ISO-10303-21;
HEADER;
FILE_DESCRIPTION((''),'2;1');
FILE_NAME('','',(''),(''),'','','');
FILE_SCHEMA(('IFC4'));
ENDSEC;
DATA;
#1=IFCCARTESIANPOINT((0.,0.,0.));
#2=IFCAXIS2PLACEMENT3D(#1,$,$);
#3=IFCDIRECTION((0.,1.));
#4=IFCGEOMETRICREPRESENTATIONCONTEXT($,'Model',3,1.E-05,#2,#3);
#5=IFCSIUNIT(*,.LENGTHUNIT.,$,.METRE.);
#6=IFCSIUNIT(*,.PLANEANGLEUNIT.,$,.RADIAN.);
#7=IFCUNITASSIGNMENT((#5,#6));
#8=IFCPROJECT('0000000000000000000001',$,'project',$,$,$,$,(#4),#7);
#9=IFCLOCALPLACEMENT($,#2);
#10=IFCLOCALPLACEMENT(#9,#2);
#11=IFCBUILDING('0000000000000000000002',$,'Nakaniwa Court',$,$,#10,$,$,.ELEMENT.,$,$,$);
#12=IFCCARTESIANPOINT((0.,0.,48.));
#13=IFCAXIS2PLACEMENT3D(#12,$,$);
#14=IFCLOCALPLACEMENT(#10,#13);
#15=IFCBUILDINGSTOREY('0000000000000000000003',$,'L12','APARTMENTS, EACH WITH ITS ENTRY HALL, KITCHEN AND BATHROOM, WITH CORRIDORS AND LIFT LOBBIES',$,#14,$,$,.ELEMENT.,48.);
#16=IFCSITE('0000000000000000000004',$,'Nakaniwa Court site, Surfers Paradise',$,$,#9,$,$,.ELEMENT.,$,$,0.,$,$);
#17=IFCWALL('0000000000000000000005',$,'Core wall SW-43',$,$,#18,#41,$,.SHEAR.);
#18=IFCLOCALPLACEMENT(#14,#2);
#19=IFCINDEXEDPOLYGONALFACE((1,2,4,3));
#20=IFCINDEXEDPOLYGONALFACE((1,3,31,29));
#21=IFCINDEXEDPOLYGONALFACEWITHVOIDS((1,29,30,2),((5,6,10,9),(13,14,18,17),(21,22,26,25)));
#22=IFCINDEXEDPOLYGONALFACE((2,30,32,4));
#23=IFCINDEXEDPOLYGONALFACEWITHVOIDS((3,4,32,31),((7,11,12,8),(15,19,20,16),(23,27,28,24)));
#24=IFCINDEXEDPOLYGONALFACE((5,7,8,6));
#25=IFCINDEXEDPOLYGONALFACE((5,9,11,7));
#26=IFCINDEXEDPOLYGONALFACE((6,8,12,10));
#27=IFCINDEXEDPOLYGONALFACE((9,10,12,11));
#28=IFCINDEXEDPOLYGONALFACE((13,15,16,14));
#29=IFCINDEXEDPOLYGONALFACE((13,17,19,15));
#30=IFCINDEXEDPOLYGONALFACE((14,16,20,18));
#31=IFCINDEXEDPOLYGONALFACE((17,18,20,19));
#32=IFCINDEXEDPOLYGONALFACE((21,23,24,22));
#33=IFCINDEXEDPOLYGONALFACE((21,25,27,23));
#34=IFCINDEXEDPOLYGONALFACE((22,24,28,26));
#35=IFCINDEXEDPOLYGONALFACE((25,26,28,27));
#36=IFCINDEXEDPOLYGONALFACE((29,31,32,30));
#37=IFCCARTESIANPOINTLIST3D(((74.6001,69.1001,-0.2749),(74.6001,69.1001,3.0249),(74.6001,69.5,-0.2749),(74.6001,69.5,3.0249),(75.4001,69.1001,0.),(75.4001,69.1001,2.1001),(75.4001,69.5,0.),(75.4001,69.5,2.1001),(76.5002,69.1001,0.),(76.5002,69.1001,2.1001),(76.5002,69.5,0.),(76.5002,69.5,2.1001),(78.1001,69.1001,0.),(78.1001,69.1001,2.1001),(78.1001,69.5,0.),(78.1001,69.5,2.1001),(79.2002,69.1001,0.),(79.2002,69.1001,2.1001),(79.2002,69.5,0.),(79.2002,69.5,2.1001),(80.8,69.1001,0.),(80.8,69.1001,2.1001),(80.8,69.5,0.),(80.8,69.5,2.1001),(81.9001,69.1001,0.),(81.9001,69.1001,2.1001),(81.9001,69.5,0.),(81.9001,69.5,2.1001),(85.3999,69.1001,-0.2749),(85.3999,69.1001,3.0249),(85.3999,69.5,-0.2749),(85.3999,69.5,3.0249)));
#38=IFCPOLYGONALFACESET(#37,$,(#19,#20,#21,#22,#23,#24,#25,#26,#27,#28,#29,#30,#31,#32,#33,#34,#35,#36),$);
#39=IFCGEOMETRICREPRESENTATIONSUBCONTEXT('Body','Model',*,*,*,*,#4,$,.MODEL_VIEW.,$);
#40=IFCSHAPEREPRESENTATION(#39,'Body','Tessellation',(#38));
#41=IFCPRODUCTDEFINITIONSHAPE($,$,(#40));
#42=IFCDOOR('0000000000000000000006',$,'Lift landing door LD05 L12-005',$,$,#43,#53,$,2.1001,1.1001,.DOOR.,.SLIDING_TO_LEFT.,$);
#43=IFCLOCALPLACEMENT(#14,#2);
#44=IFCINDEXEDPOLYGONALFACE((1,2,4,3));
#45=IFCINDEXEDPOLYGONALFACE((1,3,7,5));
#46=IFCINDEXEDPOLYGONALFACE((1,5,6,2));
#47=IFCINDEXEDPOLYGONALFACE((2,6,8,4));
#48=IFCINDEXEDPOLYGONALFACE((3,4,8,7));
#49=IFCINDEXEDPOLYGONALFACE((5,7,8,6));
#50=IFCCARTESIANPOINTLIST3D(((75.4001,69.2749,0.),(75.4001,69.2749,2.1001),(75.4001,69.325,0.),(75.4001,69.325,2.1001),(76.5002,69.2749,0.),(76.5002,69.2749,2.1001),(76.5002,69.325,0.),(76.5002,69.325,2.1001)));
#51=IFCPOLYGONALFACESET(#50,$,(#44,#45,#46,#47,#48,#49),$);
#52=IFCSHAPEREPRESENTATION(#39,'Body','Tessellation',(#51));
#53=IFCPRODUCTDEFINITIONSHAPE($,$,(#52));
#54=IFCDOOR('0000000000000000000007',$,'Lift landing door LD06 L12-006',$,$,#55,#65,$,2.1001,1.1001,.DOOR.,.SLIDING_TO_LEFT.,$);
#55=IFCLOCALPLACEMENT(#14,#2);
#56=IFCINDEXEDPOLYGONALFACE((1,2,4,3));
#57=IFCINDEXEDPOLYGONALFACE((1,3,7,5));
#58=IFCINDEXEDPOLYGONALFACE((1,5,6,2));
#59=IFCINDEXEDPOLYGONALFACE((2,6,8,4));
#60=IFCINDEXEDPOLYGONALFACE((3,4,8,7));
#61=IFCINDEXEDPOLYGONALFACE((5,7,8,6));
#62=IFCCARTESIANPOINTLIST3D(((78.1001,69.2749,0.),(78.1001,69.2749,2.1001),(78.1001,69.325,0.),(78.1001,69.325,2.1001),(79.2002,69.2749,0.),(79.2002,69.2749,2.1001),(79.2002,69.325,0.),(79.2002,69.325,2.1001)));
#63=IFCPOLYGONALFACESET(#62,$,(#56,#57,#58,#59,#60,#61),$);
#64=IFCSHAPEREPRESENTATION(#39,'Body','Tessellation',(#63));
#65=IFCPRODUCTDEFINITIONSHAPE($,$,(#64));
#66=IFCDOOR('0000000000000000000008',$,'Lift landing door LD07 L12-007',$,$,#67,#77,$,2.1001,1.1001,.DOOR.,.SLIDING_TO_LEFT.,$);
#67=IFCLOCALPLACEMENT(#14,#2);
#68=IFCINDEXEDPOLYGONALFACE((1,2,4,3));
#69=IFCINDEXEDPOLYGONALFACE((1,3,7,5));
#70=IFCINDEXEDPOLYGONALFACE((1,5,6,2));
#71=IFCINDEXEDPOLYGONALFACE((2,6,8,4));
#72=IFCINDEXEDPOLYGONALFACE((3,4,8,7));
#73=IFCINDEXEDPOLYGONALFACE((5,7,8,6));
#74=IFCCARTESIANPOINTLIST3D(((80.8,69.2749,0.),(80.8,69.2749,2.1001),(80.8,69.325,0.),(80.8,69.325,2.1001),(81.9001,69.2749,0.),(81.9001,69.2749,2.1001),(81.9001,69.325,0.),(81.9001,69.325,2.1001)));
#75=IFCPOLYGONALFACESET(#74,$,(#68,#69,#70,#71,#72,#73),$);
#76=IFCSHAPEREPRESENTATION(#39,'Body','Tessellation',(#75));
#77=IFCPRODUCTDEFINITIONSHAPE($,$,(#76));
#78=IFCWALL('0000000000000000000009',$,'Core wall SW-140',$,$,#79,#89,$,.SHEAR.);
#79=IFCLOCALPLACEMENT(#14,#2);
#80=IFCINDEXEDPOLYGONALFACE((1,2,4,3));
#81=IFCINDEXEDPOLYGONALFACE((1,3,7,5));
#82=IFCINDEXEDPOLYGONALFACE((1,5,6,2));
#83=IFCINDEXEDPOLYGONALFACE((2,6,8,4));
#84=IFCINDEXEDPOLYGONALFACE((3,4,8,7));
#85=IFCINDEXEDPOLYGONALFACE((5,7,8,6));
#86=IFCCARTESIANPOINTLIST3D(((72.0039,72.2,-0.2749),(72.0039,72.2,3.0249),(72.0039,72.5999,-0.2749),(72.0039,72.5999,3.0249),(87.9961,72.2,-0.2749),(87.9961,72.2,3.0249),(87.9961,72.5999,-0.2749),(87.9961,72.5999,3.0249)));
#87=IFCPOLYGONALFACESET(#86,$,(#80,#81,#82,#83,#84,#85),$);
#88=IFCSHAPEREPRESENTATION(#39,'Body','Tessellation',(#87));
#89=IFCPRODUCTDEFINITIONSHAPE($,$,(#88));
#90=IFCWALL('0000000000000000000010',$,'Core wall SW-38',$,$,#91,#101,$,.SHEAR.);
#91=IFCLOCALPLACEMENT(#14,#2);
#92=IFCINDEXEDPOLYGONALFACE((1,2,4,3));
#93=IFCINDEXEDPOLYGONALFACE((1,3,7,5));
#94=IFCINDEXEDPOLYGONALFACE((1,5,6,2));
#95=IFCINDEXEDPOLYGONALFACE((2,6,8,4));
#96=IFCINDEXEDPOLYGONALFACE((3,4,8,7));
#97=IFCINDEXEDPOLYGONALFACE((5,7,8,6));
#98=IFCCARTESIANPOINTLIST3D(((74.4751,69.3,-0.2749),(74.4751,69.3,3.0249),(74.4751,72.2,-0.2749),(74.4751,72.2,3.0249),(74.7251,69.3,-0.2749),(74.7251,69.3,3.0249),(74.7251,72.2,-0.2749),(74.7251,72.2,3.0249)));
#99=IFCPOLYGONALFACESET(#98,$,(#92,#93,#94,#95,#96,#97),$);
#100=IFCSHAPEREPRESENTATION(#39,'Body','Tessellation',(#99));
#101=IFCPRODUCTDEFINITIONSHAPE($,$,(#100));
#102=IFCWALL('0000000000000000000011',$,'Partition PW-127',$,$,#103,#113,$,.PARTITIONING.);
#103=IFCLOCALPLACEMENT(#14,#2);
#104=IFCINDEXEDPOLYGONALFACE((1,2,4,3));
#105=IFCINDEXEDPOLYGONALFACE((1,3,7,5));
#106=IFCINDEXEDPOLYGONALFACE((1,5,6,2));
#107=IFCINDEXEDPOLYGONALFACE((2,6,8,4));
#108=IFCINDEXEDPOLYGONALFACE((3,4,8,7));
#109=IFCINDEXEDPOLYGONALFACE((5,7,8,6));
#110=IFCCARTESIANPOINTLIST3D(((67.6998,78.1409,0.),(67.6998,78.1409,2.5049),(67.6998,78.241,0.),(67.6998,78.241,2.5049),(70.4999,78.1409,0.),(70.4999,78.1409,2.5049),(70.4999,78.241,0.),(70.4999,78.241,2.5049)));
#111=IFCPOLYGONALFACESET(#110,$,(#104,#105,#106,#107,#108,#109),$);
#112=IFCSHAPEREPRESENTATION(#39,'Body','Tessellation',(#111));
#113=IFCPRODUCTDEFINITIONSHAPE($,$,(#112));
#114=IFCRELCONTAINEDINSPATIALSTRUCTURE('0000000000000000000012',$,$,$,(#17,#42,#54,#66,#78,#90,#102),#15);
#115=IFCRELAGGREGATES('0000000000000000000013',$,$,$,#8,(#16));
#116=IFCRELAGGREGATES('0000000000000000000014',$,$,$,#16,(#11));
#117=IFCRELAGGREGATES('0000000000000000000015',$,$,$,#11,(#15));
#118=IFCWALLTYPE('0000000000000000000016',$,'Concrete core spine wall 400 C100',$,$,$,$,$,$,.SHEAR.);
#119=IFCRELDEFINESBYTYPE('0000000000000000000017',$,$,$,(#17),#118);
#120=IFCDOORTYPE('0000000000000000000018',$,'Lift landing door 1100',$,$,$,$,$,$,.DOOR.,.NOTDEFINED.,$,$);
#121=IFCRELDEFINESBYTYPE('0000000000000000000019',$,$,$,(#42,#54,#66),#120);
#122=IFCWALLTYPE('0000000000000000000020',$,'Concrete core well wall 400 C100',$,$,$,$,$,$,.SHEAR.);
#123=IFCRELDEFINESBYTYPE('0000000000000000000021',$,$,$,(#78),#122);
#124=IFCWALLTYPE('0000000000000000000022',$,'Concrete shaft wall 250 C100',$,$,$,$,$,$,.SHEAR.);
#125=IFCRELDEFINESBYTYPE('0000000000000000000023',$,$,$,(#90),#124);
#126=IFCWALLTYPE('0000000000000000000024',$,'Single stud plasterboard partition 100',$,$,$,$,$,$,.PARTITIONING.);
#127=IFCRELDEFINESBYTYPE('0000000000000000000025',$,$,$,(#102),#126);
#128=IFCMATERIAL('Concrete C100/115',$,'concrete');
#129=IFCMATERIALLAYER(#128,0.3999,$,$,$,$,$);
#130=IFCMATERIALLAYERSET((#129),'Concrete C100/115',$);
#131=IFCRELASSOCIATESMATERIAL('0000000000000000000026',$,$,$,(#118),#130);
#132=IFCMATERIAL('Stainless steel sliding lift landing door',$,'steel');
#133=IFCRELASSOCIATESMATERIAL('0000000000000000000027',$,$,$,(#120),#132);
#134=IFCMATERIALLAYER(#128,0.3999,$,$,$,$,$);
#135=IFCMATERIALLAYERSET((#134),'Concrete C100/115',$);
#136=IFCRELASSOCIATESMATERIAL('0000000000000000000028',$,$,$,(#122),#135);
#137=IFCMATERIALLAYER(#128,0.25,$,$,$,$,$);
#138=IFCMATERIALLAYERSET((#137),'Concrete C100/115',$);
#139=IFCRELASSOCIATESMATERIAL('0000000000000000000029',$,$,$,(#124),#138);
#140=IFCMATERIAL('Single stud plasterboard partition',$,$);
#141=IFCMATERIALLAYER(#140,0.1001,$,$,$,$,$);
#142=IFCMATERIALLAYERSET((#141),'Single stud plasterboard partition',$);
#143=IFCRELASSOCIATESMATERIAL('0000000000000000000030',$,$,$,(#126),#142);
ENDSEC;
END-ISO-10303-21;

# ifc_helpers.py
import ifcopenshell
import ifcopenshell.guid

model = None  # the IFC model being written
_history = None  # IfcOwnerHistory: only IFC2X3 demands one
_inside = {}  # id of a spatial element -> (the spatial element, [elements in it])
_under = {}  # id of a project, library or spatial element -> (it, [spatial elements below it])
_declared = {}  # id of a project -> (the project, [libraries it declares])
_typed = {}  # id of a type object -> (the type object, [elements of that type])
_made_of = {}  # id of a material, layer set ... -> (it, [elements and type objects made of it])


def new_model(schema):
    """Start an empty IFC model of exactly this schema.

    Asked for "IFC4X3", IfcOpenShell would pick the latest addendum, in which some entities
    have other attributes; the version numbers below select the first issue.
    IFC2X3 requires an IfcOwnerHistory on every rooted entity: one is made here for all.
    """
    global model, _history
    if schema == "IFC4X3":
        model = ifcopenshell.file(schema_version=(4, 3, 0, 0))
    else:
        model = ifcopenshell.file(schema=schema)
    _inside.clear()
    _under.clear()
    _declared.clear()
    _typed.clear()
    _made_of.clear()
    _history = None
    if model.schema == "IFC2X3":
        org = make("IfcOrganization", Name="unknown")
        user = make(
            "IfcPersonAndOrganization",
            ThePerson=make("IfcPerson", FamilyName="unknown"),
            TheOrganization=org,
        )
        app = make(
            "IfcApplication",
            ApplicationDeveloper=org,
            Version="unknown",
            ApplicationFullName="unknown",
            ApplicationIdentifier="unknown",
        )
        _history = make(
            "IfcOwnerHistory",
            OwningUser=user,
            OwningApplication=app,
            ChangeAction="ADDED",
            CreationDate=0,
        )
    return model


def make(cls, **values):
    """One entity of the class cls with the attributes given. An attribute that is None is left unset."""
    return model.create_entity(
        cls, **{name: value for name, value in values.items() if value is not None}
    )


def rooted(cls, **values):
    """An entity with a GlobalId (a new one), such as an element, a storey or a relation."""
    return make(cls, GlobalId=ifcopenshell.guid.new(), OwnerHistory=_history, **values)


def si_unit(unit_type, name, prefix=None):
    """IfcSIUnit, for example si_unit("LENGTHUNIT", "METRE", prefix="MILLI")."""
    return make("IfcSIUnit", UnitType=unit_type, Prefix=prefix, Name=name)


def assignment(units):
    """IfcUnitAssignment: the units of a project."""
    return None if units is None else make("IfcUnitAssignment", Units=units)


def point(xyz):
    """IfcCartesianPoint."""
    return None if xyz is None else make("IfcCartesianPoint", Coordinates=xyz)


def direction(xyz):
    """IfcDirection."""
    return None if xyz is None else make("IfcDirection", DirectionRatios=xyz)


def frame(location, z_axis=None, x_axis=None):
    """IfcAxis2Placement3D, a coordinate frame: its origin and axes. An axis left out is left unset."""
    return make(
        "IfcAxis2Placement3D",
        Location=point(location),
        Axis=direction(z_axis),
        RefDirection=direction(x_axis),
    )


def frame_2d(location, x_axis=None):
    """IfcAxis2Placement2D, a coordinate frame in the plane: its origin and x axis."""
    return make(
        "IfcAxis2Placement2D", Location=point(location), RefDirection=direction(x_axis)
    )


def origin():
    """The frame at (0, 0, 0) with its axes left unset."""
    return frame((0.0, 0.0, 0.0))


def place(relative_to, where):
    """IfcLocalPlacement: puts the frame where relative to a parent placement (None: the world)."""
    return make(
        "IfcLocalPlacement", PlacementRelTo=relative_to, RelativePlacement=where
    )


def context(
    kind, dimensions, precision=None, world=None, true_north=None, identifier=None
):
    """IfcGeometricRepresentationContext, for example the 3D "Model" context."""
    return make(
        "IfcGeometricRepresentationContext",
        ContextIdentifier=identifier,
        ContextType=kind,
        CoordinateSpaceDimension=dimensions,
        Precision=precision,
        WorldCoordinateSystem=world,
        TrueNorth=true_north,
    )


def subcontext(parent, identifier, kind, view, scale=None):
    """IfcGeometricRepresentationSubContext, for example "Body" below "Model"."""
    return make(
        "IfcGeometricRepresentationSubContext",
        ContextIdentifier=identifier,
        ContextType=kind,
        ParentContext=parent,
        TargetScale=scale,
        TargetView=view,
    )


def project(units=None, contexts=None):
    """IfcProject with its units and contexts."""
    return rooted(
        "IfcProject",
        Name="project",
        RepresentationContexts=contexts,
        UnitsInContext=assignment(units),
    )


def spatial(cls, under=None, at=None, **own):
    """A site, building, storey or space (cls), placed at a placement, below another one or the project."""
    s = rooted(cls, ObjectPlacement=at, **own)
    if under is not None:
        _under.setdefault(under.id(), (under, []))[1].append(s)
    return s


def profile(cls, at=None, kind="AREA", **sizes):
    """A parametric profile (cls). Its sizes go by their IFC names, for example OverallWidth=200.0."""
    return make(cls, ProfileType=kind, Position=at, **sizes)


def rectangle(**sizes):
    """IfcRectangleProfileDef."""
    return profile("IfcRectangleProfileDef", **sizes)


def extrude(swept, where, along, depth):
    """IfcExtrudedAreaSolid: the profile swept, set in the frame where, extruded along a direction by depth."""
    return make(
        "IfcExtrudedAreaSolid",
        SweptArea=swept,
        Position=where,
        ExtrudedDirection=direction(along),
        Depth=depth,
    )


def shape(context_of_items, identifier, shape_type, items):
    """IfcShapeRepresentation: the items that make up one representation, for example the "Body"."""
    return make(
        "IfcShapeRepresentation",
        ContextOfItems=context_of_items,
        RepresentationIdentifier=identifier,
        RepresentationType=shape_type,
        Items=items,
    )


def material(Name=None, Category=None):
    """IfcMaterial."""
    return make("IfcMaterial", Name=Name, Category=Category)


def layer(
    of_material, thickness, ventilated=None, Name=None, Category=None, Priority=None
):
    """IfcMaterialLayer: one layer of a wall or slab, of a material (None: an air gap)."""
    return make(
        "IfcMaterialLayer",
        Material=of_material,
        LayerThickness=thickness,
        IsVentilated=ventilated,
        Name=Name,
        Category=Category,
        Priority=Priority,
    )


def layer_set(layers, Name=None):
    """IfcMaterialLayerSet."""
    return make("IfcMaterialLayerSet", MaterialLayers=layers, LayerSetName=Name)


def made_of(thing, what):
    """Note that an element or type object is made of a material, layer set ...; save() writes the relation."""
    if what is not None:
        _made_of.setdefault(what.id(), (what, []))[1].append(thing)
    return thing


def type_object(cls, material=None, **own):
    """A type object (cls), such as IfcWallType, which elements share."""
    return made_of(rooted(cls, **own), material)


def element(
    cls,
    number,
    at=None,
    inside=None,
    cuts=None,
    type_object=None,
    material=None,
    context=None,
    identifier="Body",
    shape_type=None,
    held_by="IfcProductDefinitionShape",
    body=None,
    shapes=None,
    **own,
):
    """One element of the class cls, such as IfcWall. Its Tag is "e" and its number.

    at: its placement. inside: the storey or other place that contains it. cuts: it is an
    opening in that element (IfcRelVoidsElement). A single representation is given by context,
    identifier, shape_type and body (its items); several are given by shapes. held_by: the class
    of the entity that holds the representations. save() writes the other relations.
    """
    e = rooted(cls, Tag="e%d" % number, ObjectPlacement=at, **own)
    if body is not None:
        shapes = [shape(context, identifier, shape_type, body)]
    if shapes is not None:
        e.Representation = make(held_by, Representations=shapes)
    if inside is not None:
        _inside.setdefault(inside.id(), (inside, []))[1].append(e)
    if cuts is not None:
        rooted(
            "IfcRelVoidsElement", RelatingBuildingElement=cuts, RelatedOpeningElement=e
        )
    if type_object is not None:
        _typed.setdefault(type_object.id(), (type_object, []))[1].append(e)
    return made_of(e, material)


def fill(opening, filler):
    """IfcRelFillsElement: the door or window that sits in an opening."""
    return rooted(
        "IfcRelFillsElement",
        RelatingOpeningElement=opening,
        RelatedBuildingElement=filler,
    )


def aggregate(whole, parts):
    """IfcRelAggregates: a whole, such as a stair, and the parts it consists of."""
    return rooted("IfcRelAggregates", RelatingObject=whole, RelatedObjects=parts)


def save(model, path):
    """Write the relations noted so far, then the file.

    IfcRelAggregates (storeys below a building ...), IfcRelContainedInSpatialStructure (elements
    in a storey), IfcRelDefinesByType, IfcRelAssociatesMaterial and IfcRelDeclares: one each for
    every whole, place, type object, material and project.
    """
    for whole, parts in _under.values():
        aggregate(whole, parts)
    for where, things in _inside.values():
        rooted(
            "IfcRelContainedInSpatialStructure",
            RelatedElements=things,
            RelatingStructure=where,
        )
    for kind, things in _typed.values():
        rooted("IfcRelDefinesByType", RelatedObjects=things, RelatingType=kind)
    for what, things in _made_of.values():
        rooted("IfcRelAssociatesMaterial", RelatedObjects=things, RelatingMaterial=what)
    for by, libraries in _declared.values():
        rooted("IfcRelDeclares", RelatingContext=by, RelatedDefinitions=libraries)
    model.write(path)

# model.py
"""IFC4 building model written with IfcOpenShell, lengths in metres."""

from ifc_helpers import new_model, si_unit, direction, frame, frame_2d, origin, place, context, subcontext, project, spatial, rectangle, extrude, material, layer, layer_set, type_object, element, fill, save


model = new_model("IFC4")

# Units and contexts
model_context = context("Model", 3, precision=1e-05, world=origin(), true_north=direction((0.0, 1.0)))
body_context = subcontext(model_context, "Body", "Model", "MODEL_VIEW")
ifc_project = project(units=[si_unit("LENGTHUNIT", "METRE"), si_unit("PLANEANGLEUNIT", "RADIAN")], contexts=[model_context])

# Site, building, storey
site_placement = place(None, origin())
site = spatial("IfcSite", under=ifc_project, at=site_placement, Name="Nakaniwa Court site, Surfers Paradise", CompositionType="ELEMENT", RefElevation=0.0)
building_placement = place(site_placement, origin())
building = spatial("IfcBuilding", under=site, at=building_placement, Name="Nakaniwa Court", CompositionType="ELEMENT")
storey_placement = place(building_placement, frame((0.0, 0.0, 48.0)))
storey = spatial("IfcBuildingStorey", under=building, at=storey_placement, Name="L12", Description="APARTMENTS, EACH WITH ITS ENTRY HALL, KITCHEN AND BATHROOM, WITH CORRIDORS AND LIFT LOBBIES", CompositionType="ELEMENT", Elevation=48.0)

# Shared definitions
ifc_material_1 = material(Name="Concrete C100/115", Category="concrete")

# Wall, openings, doors
ifc_layer_1 = layer(ifc_material_1, 0.3999)
ifc_layer_set_1 = layer_set([ifc_layer_1], Name="Concrete C100/115")
wall_type_1 = type_object("IfcWallType", Name="Concrete core spine wall 400 C100", PredefinedType="SHEAR", material=ifc_layer_set_1)
wall_1_placement = place(storey_placement, frame((74.6001, 69.3, -0.2749), z_axis=(0.0, 0.0, 1.0), x_axis=(1.0, 0.0, 0.0)))
wall_1 = element("IfcWall", 1, at=wall_1_placement, inside=storey, type_object=wall_type_1, Name="Core wall SW-43", PredefinedType="SHEAR", context=body_context, shape_type="SweptSolid", body=[
    extrude(rectangle(XDim=10.7998, YDim=0.3999, at=frame_2d((5.3999, 0.0))), origin(), (0.0, 0.0, 1.0), 3.2998),
])
opening_1_placement = place(wall_1_placement, frame((0.8, 0.0, 0.2749)))
opening_1 = element("IfcOpeningElement", 2, at=opening_1_placement, cuts=wall_1, PredefinedType="OPENING", context=body_context, shape_type="SweptSolid", body=[
    extrude(rectangle(XDim=1.1001, YDim=2.1001, at=frame_2d((0.55, 1.05))), frame((0.0, 0.21, 0.0), z_axis=(0.0, -1.0, 0.0), x_axis=(1.0, 0.0, 0.0)), (0.0, 0.0, 1.0), 0.4199),
])
opening_2_placement = place(wall_1_placement, frame((3.5, 0.0, 0.2749)))
opening_2 = element("IfcOpeningElement", 3, at=opening_2_placement, cuts=wall_1, PredefinedType="OPENING", context=body_context, shape_type="SweptSolid", body=[
    extrude(rectangle(XDim=1.1001, YDim=2.1001, at=frame_2d((0.55, 1.05))), frame((0.0, 0.21, 0.0), z_axis=(0.0, -1.0, 0.0), x_axis=(1.0, 0.0, 0.0)), (0.0, 0.0, 1.0), 0.4199),
])
opening_3_placement = place(wall_1_placement, frame((6.2, 0.0, 0.2749)))
opening_3 = element("IfcOpeningElement", 4, at=opening_3_placement, cuts=wall_1, PredefinedType="OPENING", context=body_context, shape_type="SweptSolid", body=[
    extrude(rectangle(XDim=1.1001, YDim=2.1001, at=frame_2d((0.55, 1.05))), frame((0.0, 0.21, 0.0), z_axis=(0.0, -1.0, 0.0), x_axis=(1.0, 0.0, 0.0)), (0.0, 0.0, 1.0), 0.4199),
])
ifc_material_2 = material(Name="Stainless steel sliding lift landing door", Category="steel")
door_type_1 = type_object("IfcDoorType", Name="Lift landing door 1100", OperationType="NOTDEFINED", PredefinedType="DOOR", material=ifc_material_2)
door_1_placement = place(opening_1_placement, origin())
door_1 = element("IfcDoor", 5, at=door_1_placement, inside=storey, type_object=door_type_1, Name="Lift landing door LD05 L12-005", OperationType="SLIDING_TO_LEFT", OverallHeight=2.1001, OverallWidth=1.1001, PredefinedType="DOOR", context=body_context, shape_type="SweptSolid", body=[
    extrude(rectangle(XDim=1.1001, YDim=2.1001, at=frame_2d((0.55, 1.05))), frame((0.0, 0.0249, 0.0), z_axis=(0.0, -1.0, 0.0), x_axis=(1.0, 0.0, 0.0)), (0.0, 0.0, 1.0), 0.05),
])
fill(opening_1, door_1)
door_2_placement = place(opening_2_placement, origin())
door_2 = element("IfcDoor", 6, at=door_2_placement, inside=storey, type_object=door_type_1, Name="Lift landing door LD06 L12-006", OperationType="SLIDING_TO_LEFT", OverallHeight=2.1001, OverallWidth=1.1001, PredefinedType="DOOR", context=body_context, shape_type="SweptSolid", body=[
    extrude(rectangle(XDim=1.1001, YDim=2.1001, at=frame_2d((0.55, 1.05))), frame((0.0, 0.0249, 0.0), z_axis=(0.0, -1.0, 0.0), x_axis=(1.0, 0.0, 0.0)), (0.0, 0.0, 1.0), 0.05),
])
fill(opening_2, door_2)
door_3_placement = place(opening_3_placement, origin())
door_3 = element("IfcDoor", 7, at=door_3_placement, inside=storey, type_object=door_type_1, Name="Lift landing door LD07 L12-007", OperationType="SLIDING_TO_LEFT", OverallHeight=2.1001, OverallWidth=1.1001, PredefinedType="DOOR", context=body_context, shape_type="SweptSolid", body=[
    extrude(rectangle(XDim=1.1001, YDim=2.1001, at=frame_2d((0.55, 1.05))), frame((0.0, 0.0249, 0.0), z_axis=(0.0, -1.0, 0.0), x_axis=(1.0, 0.0, 0.0)), (0.0, 0.0, 1.0), 0.05),
])
fill(opening_3, door_3)

# Walls
ifc_layer_2 = layer(ifc_material_1, 0.3999)
ifc_layer_set_2 = layer_set([ifc_layer_2], Name="Concrete C100/115")
wall_type_2 = type_object("IfcWallType", Name="Concrete core well wall 400 C100", PredefinedType="SHEAR", material=ifc_layer_set_2)
wall_2_placement = place(storey_placement, frame((72.0039, 72.3999, -0.2749), z_axis=(0.0, 0.0, 1.0), x_axis=(1.0, 0.0, 0.0)))
element("IfcWall", 8, at=wall_2_placement, inside=storey, type_object=wall_type_2, Name="Core wall SW-140", PredefinedType="SHEAR", context=body_context, shape_type="SweptSolid", body=[
    extrude(rectangle(XDim=15.9922, YDim=0.3999, at=frame_2d((7.9961, 0.0))), origin(), (0.0, 0.0, 1.0), 3.2998),
])
ifc_layer_3 = layer(ifc_material_1, 0.25)
ifc_layer_set_3 = layer_set([ifc_layer_3], Name="Concrete C100/115")
wall_type_3 = type_object("IfcWallType", Name="Concrete shaft wall 250 C100", PredefinedType="SHEAR", material=ifc_layer_set_3)
wall_3_placement = place(storey_placement, frame((74.6001, 69.3, -0.2749), z_axis=(0.0, 0.0, 1.0), x_axis=(0.0, 1.0, 0.0)))
element("IfcWall", 9, at=wall_3_placement, inside=storey, type_object=wall_type_3, Name="Core wall SW-38", PredefinedType="SHEAR", context=body_context, shape_type="SweptSolid", body=[
    extrude(rectangle(XDim=2.8999, YDim=0.25, at=frame_2d((1.45, 0.0))), origin(), (0.0, 0.0, 1.0), 3.2998),
])
ifc_material_3 = material(Name="Single stud plasterboard partition")
ifc_layer_4 = layer(ifc_material_3, 0.1001)
ifc_layer_set_4 = layer_set([ifc_layer_4], Name="Single stud plasterboard partition")
wall_type_4 = type_object("IfcWallType", Name="Single stud plasterboard partition 100", PredefinedType="PARTITIONING", material=ifc_layer_set_4)
wall_4_placement = place(storey_placement, frame((67.7, 78.1909, 0.0), z_axis=(0.0, 0.0, 1.0), x_axis=(1.0, 0.0, 0.0)))
element("IfcWall", 10, at=wall_4_placement, inside=storey, type_object=wall_type_4, Name="Partition PW-127", PredefinedType="PARTITIONING", context=body_context, shape_type="SweptSolid", body=[
    extrude(rectangle(XDim=2.8, YDim=0.1001, at=frame_2d((1.3999, 0.0))), origin(), (0.0, 0.0, 1.0), 2.5049),
])

save(model, "model.ifc")
